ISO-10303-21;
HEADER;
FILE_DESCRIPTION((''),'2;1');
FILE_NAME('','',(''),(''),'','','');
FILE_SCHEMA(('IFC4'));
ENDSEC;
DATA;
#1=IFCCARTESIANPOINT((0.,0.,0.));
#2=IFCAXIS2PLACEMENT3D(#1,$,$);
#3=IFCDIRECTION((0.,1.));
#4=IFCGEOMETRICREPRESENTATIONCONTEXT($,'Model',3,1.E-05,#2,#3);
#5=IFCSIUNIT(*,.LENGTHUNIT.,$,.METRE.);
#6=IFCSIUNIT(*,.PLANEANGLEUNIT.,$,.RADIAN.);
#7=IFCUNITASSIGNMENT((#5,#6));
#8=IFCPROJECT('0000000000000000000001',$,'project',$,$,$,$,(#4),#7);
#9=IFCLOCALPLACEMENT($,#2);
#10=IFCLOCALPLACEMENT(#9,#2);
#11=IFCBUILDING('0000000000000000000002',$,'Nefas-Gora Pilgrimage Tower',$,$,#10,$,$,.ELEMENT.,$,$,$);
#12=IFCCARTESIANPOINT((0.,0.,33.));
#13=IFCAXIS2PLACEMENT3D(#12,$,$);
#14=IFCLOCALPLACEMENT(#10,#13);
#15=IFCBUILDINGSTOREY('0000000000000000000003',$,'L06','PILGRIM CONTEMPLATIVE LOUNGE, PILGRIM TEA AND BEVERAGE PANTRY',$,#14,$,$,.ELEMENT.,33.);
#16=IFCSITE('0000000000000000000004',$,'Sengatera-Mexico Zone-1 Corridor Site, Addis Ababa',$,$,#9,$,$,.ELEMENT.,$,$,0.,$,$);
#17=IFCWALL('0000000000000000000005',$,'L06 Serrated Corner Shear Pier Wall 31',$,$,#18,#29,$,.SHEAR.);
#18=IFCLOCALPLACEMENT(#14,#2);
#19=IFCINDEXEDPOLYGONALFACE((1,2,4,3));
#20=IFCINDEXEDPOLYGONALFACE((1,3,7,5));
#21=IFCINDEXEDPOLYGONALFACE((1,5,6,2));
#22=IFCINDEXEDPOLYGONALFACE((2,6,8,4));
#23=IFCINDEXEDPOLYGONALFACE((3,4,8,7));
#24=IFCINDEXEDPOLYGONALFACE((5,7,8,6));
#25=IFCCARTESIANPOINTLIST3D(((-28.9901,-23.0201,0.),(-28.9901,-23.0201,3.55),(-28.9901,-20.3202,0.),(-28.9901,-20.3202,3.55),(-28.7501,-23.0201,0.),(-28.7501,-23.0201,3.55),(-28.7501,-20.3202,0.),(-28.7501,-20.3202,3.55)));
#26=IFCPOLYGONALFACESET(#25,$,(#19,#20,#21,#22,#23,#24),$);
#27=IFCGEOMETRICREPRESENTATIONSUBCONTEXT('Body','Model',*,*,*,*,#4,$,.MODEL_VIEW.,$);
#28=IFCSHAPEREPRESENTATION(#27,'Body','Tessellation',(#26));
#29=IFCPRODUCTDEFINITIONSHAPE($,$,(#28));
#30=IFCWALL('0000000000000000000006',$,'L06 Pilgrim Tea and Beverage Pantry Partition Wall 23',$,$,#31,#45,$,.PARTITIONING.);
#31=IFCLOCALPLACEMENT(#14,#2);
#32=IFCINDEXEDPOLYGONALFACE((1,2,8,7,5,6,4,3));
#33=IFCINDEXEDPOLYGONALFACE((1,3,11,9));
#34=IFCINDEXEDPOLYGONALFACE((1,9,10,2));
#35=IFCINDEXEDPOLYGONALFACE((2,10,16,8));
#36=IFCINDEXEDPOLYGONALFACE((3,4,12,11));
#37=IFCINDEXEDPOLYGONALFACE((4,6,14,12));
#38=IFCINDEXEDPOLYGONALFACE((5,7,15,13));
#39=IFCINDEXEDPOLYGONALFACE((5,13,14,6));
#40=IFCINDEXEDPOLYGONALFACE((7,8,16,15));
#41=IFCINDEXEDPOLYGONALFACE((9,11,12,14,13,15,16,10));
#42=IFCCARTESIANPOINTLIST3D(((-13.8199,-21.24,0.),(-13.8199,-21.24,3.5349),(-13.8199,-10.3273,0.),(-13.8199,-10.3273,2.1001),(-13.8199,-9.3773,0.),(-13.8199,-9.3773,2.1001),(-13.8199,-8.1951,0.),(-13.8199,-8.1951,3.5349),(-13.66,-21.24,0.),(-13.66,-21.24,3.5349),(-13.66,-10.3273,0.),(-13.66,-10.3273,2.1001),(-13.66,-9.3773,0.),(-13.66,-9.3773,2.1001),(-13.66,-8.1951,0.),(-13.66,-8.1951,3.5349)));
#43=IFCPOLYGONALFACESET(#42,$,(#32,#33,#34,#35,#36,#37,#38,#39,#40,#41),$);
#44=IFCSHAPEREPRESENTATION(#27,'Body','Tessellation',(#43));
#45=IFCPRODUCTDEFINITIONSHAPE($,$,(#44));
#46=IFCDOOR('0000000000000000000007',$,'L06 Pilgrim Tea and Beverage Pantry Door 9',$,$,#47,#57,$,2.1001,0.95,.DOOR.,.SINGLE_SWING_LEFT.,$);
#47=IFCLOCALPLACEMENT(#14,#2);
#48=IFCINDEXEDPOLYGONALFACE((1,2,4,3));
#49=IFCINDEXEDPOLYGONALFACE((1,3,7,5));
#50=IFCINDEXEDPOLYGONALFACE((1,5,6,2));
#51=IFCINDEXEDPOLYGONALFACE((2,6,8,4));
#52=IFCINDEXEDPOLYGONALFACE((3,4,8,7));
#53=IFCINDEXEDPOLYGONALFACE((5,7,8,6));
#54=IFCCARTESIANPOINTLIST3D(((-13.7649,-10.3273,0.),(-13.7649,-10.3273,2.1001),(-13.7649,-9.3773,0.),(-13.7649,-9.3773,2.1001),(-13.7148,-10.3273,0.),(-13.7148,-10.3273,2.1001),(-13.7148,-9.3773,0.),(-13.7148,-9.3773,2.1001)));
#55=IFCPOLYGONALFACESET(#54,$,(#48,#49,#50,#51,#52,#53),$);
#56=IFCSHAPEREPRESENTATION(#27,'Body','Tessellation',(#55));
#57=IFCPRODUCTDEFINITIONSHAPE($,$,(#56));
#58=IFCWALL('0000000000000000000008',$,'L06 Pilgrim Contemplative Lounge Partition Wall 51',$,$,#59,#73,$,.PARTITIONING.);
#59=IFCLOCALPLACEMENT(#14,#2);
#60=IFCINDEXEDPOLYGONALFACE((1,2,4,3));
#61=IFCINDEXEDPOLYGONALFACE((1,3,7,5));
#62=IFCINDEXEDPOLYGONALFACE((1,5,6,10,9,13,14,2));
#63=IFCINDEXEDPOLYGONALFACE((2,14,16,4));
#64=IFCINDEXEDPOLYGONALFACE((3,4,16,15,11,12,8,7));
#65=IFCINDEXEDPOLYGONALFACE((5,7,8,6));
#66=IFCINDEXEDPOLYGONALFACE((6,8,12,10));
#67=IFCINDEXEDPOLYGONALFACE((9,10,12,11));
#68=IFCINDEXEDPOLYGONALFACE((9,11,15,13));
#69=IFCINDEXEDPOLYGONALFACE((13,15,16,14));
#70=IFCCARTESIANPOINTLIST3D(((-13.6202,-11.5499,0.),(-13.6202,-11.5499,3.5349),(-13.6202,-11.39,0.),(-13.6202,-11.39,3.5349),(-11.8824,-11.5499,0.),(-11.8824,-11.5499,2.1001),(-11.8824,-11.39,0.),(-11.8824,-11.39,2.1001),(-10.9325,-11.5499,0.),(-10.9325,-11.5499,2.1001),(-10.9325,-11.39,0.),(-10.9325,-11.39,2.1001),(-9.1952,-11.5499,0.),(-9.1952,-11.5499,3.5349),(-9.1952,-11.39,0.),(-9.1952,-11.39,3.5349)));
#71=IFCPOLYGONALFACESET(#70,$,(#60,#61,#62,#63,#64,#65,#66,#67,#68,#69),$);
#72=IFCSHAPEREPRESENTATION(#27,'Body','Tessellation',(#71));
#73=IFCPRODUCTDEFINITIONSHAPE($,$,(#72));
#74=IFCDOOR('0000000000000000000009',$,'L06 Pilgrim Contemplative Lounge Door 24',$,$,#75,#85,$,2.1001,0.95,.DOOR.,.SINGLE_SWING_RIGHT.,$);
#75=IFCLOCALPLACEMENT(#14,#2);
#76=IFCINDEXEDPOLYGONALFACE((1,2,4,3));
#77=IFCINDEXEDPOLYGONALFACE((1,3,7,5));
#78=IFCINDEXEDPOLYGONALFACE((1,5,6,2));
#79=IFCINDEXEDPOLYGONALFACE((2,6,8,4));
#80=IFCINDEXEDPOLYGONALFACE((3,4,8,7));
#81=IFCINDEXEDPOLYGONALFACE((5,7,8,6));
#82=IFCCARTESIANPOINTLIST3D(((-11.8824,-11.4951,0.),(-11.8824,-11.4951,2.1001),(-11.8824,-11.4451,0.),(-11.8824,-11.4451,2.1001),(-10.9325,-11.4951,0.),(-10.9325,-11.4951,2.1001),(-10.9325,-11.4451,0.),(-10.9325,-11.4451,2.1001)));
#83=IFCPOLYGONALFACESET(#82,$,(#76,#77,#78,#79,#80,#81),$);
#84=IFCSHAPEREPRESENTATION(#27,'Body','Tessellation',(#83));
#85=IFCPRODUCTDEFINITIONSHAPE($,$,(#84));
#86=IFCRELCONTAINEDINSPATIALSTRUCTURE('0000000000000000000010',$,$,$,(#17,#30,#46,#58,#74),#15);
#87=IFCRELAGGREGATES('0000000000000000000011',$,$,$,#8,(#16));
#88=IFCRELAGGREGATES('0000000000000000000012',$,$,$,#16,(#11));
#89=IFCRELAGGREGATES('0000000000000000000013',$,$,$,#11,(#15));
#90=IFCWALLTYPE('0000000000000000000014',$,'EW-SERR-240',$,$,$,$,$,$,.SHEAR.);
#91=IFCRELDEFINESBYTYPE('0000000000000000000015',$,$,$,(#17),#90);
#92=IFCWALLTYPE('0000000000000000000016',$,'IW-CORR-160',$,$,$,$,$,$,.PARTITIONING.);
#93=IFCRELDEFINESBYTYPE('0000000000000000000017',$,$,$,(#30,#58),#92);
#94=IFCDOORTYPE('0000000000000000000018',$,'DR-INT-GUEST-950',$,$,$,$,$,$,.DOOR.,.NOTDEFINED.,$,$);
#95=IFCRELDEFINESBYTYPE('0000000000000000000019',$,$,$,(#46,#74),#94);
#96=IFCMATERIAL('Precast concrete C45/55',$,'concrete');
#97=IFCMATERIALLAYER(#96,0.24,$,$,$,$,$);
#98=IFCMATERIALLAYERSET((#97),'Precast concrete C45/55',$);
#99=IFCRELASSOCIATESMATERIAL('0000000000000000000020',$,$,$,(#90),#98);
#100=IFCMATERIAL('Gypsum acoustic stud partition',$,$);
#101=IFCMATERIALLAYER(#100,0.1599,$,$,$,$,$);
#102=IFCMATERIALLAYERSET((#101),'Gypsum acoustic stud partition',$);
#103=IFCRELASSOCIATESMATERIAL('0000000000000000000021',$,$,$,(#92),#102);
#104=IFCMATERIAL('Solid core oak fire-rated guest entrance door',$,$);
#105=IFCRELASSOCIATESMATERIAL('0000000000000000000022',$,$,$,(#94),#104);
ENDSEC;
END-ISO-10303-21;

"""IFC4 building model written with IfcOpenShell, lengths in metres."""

from ifc_helpers import new_model, si_unit, direction, frame, frame_2d, origin, place, context, subcontext, project, spatial, rectangle, extrude, source, transform, mapped, material, layer, layer_set, type_object, element, fill, save


model = new_model("IFC4")

# Units and contexts
model_context = context("Model", 3, precision=1e-05, world=origin(), true_north=direction((0.0, 1.0)))
body_context = subcontext(model_context, "Body", "Model", "MODEL_VIEW")
ifc_project = project(units=[si_unit("LENGTHUNIT", "METRE"), si_unit("PLANEANGLEUNIT", "RADIAN")], contexts=[model_context])

# Site, building, storey
site_placement = place(None, origin())
site = spatial("IfcSite", under=ifc_project, at=site_placement, Name="Sengatera-Mexico Zone-1 Corridor Site, Addis Ababa", CompositionType="ELEMENT", RefElevation=0.0)
building_placement = place(site_placement, origin())
building = spatial("IfcBuilding", under=site, at=building_placement, Name="Nefas-Gora Pilgrimage Tower", CompositionType="ELEMENT")
storey_placement = place(building_placement, frame((0.0, 0.0, 33.0)))
storey = spatial("IfcBuildingStorey", under=building, at=storey_placement, Name="L06", Description="PILGRIM CONTEMPLATIVE LOUNGE, PILGRIM TEA AND BEVERAGE PANTRY", CompositionType="ELEMENT", Elevation=33.0)

# Shared definitions
ifc_material_1 = material(Name="Precast concrete C45/55", Category="concrete")
ifc_layer_1 = layer(ifc_material_1, 0.24)
ifc_layer_set_1 = layer_set([ifc_layer_1], Name="Precast concrete C45/55")
wall_type_1 = type_object("IfcWallType", Name="EW-SERR-240", PredefinedType="SHEAR", material=ifc_layer_set_1)
shared_shape_1 = source(origin(), body_context, "Body", "SweptSolid", [
    extrude(rectangle(XDim=2.7, YDim=0.24, at=frame_2d((1.3501, 0.0))), origin(), (0.0, 0.0, 1.0), 3.55),
])

# Wall
for number, where, z_axis, x_axis, name in (
    (1, (-28.8701, -20.3201, 0.0), (0.0, 0.0, 1.0), (0.0, -1.0, 0.0), "L06 Serrated Corner Shear Pier Wall 31"),
):
    element("IfcWall", number, at=place(storey_placement, frame(where, z_axis=z_axis, x_axis=x_axis)), inside=storey, type_object=wall_type_1, Name=name, PredefinedType="SHEAR", context=body_context, shape_type="MappedRepresentation", body=[
        mapped(shared_shape_1, transform((0.0, 0.0, 0.0), x_axis=(1.0, 0.0, 0.0), y_axis=(0.0, 1.0, 0.0), z_axis=(0.0, 0.0, 1.0), scale=1.0)),
    ])

# Walls, openings, doors
ifc_material_2 = material(Name="Gypsum acoustic stud partition")
ifc_layer_2 = layer(ifc_material_2, 0.1599)
ifc_layer_set_2 = layer_set([ifc_layer_2], Name="Gypsum acoustic stud partition")
wall_type_2 = type_object("IfcWallType", Name="IW-CORR-160", PredefinedType="PARTITIONING", material=ifc_layer_set_2)
shared_shape_2 = source(origin(), body_context, "Body", "SweptSolid", [
    extrude(rectangle(XDim=13.0449, YDim=0.1599, at=frame_2d((6.5225, 0.0))), origin(), (0.0, 0.0, 1.0), 3.5349),
])
wall_1_placement = place(storey_placement, frame((-13.74, -21.24, 0.0), z_axis=(0.0, 0.0, 1.0), x_axis=(0.0, 1.0, 0.0)))
wall_1 = element("IfcWall", 2, at=wall_1_placement, inside=storey, type_object=wall_type_2, Name="L06 Pilgrim Tea and Beverage Pantry Partition Wall 23", PredefinedType="PARTITIONING", context=body_context, shape_type="MappedRepresentation", body=[
    mapped(shared_shape_2, transform((0.0, 0.0, 0.0), x_axis=(1.0, 0.0, 0.0), y_axis=(0.0, 1.0, 0.0), z_axis=(0.0, 0.0, 1.0), scale=1.0)),
])
opening_1_placement = place(wall_1_placement, frame((10.9126, 0.0, 0.0)))
opening_1 = element("IfcOpeningElement", 3, at=opening_1_placement, cuts=wall_1, PredefinedType="OPENING", context=body_context, shape_type="SweptSolid", body=[
    extrude(rectangle(XDim=0.95, YDim=2.1001, at=frame_2d((0.4751, 1.05))), frame((0.0, 0.0898, 0.0), z_axis=(0.0, -1.0, 0.0), x_axis=(1.0, 0.0, 0.0)), (0.0, 0.0, 1.0), 0.1799),
])
ifc_material_3 = material(Name="Solid core oak fire-rated guest entrance door")
door_type = type_object("IfcDoorType", Name="DR-INT-GUEST-950", OperationType="NOTDEFINED", PredefinedType="DOOR", material=ifc_material_3)
shared_shape_3 = source(origin(), body_context, "Body", "SweptSolid", [
    extrude(rectangle(XDim=0.95, YDim=2.1001, at=frame_2d((0.4751, 1.05))), frame((0.0, 0.0249, 0.0), z_axis=(0.0, -1.0, 0.0), x_axis=(1.0, 0.0, 0.0)), (0.0, 0.0, 1.0), 0.05),
])
door_1_placement = place(opening_1_placement, origin())
door_1 = element("IfcDoor", 4, at=door_1_placement, inside=storey, type_object=door_type, Name="L06 Pilgrim Tea and Beverage Pantry Door 9", OperationType="SINGLE_SWING_LEFT", OverallHeight=2.1001, OverallWidth=0.95, PredefinedType="DOOR", context=body_context, shape_type="MappedRepresentation", body=[
    mapped(shared_shape_3, transform((0.0, 0.0, 0.0), x_axis=(1.0, 0.0, 0.0), y_axis=(0.0, 1.0, 0.0), z_axis=(0.0, 0.0, 1.0), scale=1.0)),
])
fill(opening_1, door_1)
shared_shape_4 = source(origin(), body_context, "Body", "SweptSolid", [
    extrude(rectangle(XDim=4.425, YDim=0.1599, at=frame_2d((2.2124, 0.0))), origin(), (0.0, 0.0, 1.0), 3.5349),
])
wall_2_placement = place(storey_placement, frame((-13.6201, -11.47, 0.0), z_axis=(0.0, 0.0, 1.0), x_axis=(1.0, 0.0, 0.0)))
wall_2 = element("IfcWall", 5, at=wall_2_placement, inside=storey, type_object=wall_type_2, Name="L06 Pilgrim Contemplative Lounge Partition Wall 51", PredefinedType="PARTITIONING", context=body_context, shape_type="MappedRepresentation", body=[
    mapped(shared_shape_4, transform((0.0, 0.0, 0.0), x_axis=(1.0, 0.0, 0.0), y_axis=(0.0, 1.0, 0.0), z_axis=(0.0, 0.0, 1.0), scale=1.0)),
])
opening_2_placement = place(wall_2_placement, frame((1.7375, 0.0, 0.0)))
opening_2 = element("IfcOpeningElement", 6, at=opening_2_placement, cuts=wall_2, PredefinedType="OPENING", context=body_context, shape_type="SweptSolid", body=[
    extrude(rectangle(XDim=0.95, YDim=2.1001, at=frame_2d((0.4751, 1.05))), frame((0.0, 0.0898, 0.0), z_axis=(0.0, -1.0, 0.0), x_axis=(1.0, 0.0, 0.0)), (0.0, 0.0, 1.0), 0.1799),
])
door_2_placement = place(opening_2_placement, origin())
door_2 = element("IfcDoor", 7, at=door_2_placement, inside=storey, type_object=door_type, Name="L06 Pilgrim Contemplative Lounge Door 24", OperationType="SINGLE_SWING_RIGHT", OverallHeight=2.1001, OverallWidth=0.95, PredefinedType="DOOR", context=body_context, shape_type="MappedRepresentation", body=[
    mapped(shared_shape_3, transform((0.0, 0.0, 0.0), x_axis=(1.0, 0.0, 0.0), y_axis=(0.0, 1.0, 0.0), z_axis=(0.0, 0.0, 1.0), scale=1.0)),
])
fill(opening_2, door_2)

save(model, "model.ifc")
